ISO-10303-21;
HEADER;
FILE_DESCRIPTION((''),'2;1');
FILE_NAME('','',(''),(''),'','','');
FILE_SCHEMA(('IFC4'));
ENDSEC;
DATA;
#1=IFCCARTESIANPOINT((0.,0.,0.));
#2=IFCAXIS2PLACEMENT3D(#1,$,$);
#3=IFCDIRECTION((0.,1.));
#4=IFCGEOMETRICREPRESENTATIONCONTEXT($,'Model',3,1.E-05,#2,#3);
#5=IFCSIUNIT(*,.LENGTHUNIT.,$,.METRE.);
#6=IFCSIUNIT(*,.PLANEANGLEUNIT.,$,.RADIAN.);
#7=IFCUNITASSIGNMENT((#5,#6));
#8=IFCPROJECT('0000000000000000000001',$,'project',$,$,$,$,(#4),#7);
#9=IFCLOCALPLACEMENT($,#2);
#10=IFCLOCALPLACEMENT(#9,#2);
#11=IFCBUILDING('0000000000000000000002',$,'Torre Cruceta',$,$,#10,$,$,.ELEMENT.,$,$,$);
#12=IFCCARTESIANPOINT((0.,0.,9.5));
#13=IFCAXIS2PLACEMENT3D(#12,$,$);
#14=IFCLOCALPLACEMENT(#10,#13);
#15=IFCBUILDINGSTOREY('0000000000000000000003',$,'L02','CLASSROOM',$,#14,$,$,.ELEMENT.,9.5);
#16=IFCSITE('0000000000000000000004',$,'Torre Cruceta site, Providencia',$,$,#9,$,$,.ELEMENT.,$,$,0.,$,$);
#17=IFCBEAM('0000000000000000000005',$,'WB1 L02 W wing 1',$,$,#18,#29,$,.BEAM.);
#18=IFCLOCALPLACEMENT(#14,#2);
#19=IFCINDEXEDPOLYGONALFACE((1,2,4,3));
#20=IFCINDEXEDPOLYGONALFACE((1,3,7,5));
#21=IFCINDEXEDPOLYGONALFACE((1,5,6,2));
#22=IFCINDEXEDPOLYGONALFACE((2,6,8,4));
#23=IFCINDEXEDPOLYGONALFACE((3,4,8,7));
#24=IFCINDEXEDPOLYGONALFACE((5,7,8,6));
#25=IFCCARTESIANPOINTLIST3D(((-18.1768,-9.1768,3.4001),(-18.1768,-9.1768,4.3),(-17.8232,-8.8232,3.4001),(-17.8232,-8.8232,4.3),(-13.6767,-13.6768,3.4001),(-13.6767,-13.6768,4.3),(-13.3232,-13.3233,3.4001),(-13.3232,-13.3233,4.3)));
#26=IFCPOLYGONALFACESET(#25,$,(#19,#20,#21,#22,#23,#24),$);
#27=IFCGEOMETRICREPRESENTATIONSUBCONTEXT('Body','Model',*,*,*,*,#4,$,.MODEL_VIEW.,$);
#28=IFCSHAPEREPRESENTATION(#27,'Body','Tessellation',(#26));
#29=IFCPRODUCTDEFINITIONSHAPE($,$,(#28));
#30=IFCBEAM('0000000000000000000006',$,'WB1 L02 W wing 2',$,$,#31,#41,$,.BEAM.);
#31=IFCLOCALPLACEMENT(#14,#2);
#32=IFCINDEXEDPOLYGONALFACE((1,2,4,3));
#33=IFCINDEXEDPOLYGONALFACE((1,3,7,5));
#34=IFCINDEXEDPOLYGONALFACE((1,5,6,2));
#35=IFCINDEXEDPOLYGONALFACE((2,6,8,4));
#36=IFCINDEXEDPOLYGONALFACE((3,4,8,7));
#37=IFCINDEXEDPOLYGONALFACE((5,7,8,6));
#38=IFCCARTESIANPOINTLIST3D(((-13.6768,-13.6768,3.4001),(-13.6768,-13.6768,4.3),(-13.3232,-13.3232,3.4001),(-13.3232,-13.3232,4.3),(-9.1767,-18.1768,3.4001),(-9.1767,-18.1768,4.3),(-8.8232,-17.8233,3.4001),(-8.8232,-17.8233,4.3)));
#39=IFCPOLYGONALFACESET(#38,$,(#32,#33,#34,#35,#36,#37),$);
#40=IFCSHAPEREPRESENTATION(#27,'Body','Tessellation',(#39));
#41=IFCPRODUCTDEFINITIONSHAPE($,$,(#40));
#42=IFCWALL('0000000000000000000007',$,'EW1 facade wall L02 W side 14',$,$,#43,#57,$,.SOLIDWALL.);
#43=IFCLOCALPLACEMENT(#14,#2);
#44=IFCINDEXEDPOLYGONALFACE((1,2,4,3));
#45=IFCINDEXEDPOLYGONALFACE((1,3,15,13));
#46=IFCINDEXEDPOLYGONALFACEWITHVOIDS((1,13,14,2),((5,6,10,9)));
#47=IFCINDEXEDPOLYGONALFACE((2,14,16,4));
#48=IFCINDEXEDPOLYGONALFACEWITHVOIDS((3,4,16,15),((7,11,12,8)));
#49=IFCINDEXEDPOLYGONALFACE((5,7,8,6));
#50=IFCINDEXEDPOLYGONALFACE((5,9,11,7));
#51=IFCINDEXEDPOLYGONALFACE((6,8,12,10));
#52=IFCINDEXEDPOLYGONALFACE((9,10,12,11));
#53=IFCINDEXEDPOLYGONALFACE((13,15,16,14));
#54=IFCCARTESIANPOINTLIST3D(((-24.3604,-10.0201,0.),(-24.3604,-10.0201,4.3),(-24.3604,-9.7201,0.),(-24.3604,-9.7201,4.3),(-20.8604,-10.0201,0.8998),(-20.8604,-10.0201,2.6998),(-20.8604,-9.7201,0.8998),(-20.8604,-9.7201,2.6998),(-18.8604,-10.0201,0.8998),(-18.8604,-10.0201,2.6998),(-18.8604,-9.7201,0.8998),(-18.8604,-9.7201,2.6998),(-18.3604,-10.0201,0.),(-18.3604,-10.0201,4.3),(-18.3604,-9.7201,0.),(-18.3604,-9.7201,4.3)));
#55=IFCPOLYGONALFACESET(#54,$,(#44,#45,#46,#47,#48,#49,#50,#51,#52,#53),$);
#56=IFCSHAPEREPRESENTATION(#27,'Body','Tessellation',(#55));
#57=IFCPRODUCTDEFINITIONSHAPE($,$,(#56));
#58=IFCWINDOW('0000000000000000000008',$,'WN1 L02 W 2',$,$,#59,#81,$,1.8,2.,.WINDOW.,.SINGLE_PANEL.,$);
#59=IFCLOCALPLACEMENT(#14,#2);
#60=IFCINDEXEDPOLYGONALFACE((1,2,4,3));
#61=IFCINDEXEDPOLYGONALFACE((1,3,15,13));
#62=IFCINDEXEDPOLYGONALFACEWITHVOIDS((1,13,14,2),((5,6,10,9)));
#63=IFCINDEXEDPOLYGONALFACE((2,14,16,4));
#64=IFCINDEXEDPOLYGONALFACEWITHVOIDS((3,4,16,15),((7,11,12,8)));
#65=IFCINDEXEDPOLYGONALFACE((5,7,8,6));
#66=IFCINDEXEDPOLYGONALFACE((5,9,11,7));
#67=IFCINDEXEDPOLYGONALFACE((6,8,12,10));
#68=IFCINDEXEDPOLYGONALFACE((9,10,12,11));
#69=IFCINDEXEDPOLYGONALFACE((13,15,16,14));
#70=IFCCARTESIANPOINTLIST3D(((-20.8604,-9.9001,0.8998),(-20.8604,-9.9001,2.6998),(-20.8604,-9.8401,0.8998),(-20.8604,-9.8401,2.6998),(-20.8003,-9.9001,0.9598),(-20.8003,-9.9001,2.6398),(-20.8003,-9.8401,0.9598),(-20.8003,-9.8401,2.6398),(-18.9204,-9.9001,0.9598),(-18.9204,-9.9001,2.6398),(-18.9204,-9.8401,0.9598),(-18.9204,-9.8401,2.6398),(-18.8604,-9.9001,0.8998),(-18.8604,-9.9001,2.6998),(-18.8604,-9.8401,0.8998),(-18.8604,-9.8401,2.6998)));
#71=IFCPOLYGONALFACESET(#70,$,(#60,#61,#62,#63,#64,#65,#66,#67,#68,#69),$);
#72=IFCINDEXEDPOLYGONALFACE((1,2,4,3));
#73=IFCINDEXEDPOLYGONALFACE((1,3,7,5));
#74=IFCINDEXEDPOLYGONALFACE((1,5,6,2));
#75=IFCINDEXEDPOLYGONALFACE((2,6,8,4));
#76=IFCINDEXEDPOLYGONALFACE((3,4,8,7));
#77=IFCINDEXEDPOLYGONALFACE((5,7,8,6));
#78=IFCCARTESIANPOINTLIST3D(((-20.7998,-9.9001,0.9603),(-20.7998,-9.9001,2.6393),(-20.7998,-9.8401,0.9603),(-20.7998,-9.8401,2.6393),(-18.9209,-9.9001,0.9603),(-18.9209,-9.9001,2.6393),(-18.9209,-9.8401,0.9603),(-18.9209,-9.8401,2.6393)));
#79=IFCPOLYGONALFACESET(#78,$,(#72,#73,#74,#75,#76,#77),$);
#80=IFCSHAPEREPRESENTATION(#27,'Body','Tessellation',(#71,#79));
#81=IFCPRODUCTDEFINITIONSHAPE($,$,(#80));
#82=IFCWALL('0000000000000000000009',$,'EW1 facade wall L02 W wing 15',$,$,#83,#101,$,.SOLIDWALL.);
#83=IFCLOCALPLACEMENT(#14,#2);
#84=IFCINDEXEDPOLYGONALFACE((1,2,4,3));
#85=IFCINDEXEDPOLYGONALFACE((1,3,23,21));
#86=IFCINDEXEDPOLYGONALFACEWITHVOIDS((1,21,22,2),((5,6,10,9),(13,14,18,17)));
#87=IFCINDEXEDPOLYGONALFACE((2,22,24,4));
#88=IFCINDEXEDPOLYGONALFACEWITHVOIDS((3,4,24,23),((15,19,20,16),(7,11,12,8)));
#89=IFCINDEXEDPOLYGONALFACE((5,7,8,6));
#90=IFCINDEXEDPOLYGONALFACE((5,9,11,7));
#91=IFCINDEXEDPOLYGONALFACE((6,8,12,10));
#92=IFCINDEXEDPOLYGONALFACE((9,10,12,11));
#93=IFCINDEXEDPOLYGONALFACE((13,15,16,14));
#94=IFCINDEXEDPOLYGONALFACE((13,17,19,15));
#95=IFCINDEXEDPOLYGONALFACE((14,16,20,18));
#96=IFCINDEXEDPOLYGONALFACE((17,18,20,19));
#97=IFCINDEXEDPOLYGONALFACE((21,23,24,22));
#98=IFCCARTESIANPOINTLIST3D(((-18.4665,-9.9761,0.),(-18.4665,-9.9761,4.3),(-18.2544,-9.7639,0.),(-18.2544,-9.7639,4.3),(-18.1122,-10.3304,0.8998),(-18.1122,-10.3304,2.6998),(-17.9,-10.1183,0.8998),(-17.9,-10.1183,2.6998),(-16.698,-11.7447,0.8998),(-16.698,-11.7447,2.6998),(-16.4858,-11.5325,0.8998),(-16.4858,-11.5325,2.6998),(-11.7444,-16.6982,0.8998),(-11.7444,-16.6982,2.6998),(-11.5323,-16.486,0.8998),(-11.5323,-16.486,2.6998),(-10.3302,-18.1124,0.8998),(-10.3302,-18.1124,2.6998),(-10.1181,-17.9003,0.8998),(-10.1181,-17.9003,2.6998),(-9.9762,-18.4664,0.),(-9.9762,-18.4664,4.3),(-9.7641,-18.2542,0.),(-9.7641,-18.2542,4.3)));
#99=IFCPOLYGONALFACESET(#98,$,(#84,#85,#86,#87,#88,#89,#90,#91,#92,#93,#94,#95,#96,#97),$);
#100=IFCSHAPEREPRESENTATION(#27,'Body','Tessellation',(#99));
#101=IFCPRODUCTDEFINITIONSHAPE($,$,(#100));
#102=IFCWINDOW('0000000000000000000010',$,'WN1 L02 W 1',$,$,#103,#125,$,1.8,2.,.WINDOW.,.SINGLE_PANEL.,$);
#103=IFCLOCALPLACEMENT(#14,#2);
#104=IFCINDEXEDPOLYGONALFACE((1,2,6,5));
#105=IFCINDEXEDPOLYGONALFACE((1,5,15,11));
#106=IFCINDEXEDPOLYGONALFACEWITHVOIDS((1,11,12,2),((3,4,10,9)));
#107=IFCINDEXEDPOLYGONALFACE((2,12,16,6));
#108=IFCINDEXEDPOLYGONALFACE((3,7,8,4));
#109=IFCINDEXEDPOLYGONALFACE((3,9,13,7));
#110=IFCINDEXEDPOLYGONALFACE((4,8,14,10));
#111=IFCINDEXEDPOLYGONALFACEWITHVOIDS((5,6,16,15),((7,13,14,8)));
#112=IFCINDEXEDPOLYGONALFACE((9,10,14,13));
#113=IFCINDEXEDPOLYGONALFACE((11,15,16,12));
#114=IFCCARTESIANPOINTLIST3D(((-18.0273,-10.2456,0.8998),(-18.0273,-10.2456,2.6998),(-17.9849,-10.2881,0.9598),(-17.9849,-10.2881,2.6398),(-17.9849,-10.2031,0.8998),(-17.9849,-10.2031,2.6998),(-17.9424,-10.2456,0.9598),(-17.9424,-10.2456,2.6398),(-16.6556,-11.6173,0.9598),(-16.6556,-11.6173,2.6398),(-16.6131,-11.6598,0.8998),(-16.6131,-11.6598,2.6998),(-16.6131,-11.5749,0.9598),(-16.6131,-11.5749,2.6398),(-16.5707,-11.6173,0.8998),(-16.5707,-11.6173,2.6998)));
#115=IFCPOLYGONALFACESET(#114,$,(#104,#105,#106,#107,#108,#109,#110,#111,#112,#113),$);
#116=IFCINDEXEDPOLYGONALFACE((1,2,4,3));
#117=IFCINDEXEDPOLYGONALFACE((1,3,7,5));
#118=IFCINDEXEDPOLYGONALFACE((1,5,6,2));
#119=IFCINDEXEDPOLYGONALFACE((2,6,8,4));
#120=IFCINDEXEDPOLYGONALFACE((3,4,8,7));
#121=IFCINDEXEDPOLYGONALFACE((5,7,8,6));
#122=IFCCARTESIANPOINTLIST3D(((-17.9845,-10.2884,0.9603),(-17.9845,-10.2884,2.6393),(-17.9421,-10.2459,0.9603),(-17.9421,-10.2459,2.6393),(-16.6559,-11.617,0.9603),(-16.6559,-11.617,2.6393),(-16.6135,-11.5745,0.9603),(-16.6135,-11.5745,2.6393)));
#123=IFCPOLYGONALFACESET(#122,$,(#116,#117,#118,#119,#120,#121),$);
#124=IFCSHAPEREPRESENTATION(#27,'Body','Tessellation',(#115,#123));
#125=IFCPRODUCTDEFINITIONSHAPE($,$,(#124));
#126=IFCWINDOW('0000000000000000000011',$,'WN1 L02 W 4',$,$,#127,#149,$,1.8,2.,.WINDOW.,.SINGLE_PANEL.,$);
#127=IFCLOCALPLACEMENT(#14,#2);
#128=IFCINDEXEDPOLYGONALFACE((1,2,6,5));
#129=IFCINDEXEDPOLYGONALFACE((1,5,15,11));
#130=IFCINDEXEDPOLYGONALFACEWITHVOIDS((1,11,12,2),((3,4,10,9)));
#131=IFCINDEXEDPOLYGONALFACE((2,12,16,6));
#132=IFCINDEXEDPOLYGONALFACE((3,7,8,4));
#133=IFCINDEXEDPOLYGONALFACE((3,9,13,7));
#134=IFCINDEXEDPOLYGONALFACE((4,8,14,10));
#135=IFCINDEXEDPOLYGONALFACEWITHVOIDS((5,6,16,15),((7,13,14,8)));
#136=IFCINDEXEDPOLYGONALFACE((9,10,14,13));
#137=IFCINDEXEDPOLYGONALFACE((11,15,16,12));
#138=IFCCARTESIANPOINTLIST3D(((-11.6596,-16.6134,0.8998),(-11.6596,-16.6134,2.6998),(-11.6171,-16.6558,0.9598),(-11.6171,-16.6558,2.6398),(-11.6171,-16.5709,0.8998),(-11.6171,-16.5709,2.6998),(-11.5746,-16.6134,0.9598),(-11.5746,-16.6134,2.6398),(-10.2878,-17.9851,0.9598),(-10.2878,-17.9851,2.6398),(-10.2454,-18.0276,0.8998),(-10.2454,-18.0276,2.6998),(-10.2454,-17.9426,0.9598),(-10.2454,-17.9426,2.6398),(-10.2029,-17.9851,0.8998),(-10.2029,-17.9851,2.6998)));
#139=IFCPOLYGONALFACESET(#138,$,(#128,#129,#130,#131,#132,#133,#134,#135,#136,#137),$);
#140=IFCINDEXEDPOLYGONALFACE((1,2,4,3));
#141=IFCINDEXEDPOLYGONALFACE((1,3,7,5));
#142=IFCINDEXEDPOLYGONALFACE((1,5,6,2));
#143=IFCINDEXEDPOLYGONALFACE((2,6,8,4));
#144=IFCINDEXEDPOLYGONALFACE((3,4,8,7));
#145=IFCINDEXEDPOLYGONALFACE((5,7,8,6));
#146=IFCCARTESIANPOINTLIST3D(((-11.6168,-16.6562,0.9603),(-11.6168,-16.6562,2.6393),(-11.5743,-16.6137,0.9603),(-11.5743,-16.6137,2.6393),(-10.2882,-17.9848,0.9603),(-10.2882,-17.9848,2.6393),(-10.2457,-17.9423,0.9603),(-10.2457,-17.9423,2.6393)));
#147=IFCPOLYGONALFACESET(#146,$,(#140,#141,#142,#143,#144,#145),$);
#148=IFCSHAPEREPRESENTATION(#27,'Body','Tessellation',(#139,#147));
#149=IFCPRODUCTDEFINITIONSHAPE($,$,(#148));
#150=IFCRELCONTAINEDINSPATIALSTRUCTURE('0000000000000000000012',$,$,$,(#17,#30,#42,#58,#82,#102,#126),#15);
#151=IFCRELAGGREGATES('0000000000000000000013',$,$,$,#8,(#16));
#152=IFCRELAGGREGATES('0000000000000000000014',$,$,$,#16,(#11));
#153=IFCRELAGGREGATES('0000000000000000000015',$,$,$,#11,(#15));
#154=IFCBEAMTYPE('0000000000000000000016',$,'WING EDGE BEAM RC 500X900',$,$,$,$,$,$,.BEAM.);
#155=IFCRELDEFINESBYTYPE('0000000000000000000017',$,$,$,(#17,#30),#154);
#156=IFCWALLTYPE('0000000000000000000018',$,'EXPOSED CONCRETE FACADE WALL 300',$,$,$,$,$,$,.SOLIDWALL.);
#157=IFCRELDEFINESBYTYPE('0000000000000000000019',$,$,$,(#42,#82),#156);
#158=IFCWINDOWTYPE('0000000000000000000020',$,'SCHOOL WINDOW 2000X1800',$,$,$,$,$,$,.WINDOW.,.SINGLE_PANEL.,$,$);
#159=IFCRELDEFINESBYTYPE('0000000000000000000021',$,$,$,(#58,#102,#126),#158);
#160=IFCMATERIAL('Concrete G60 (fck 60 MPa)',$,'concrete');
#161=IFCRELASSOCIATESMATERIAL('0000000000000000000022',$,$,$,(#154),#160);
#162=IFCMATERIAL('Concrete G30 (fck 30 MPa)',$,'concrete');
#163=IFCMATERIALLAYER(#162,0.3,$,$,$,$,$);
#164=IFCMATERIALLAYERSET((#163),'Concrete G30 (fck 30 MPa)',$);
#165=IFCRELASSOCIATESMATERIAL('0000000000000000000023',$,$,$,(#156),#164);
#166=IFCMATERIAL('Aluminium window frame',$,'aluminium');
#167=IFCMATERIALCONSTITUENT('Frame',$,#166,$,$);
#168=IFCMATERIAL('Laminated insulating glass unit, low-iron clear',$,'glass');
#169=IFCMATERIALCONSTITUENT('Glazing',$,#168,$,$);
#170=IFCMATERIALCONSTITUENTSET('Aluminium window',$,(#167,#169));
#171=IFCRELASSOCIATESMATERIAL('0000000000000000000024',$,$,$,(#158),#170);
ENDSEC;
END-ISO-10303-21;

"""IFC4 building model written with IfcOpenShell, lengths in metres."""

from ifc_helpers import new_model, si_unit, direction, frame, frame_2d, origin, origin_2d, place, context, subcontext, project, spatial, rectangle, hollow_rectangle, extrude, material, layer, layer_set, constituent, constituent_set, material_profile, profile_set, type_object, element, fill, save


model = new_model("IFC4")

# Units and contexts
model_context = context("Model", 3, precision=1e-05, world=origin(), true_north=direction((0.0, 1.0)))
body_context = subcontext(model_context, "Body", "Model", "MODEL_VIEW")
ifc_project = project(units=[si_unit("LENGTHUNIT", "METRE"), si_unit("PLANEANGLEUNIT", "RADIAN")], contexts=[model_context])

# Site, building, storey
site_placement = place(None, origin())
site = spatial("IfcSite", under=ifc_project, at=site_placement, Name="Torre Cruceta site, Providencia", CompositionType="ELEMENT", RefElevation=0.0)
building_placement = place(site_placement, origin())
building = spatial("IfcBuilding", under=site, at=building_placement, Name="Torre Cruceta", CompositionType="ELEMENT")
storey_placement = place(building_placement, frame((0.0, 0.0, 9.5)))
storey = spatial("IfcBuildingStorey", under=building, at=storey_placement, Name="L02", Description="CLASSROOM", CompositionType="ELEMENT", Elevation=9.5)

# Beams
ifc_material_1 = material(Name="Concrete G60 (fck 60 MPa)", Category="concrete")
ifc_material_profile_1 = material_profile(ifc_material_1, rectangle(XDim=0.5, YDim=0.8999, at=origin_2d()), Name="RC 500X900")
ifc_profile_set_1 = profile_set([ifc_material_profile_1], Name="Concrete G60 (fck 60 MPa)")
beam_type_1 = type_object("IfcBeamType", Name="WING EDGE BEAM RC 500X900", PredefinedType="BEAM", material=ifc_profile_set_1)
for number, where, z_axis, x_axis, name in (
    (1, (-18.0, -9.0, 3.8501), (0.707107, -0.707107, 0.0), (0.707107, 0.707107, 0.0), "WB1 L02 W wing 1"),
    (2, (-13.5, -13.5, 3.8501), (0.707107, -0.707107, 0.0), (0.707107, 0.707107, 0.0), "WB1 L02 W wing 2"),
):
    element("IfcBeam", number, at=place(storey_placement, frame(where, z_axis=z_axis, x_axis=x_axis)), inside=storey, type_object=beam_type_1, Name=name, PredefinedType="BEAM", context=body_context, shape_type="SweptSolid", body=[
        extrude(rectangle(XDim=0.5, YDim=0.8999, at=origin_2d()), origin(), (0.0, 0.0, 1.0), 6.364),
    ])

# Wall, opening, window
ifc_material_2 = material(Name="Concrete G30 (fck 30 MPa)", Category="concrete")
ifc_layer_1 = layer(ifc_material_2, 0.3)
ifc_layer_set_1 = layer_set([ifc_layer_1], Name="Concrete G30 (fck 30 MPa)")
wall_type_1 = type_object("IfcWallType", Name="EXPOSED CONCRETE FACADE WALL 300", PredefinedType="SOLIDWALL", material=ifc_layer_set_1)
wall_1_placement = place(storey_placement, frame((-24.3604, -9.8701, 0.0), z_axis=(0.0, 0.0, 1.0), x_axis=(1.0, 0.0, 0.0)))
wall_1 = element("IfcWall", 3, at=wall_1_placement, inside=storey, type_object=wall_type_1, Name="EW1 facade wall L02 W side 14", PredefinedType="SOLIDWALL", context=body_context, shape_type="SweptSolid", body=[
    extrude(rectangle(XDim=6.0, YDim=0.3, at=frame_2d((3.0, 0.0))), origin(), (0.0, 0.0, 1.0), 4.3),
])
opening_1_placement = place(wall_1_placement, frame((3.5, 0.0, 0.8999)))
opening_1 = element("IfcOpeningElement", 4, at=opening_1_placement, cuts=wall_1, PredefinedType="OPENING", context=body_context, shape_type="SweptSolid", body=[
    extrude(rectangle(XDim=2.0, YDim=1.8, at=frame_2d((1.0, 0.8999))), frame((0.0, 0.1599, 0.0), z_axis=(0.0, -1.0, 0.0), x_axis=(1.0, 0.0, 0.0)), (0.0, 0.0, 1.0), 0.3201),
])
ifc_material_3 = material(Name="Aluminium window frame", Category="aluminium")
ifc_constituent_1 = constituent(ifc_material_3, Name="Frame")
ifc_material_4 = material(Name="Laminated insulating glass unit, low-iron clear", Category="glass")
ifc_constituent_2 = constituent(ifc_material_4, Name="Glazing")
ifc_constituent_set = constituent_set(constituents=[ifc_constituent_1, ifc_constituent_2], Name="Aluminium window")
window_type = type_object("IfcWindowType", Name="SCHOOL WINDOW 2000X1800", PartitioningType="SINGLE_PANEL", PredefinedType="WINDOW", material=ifc_constituent_set)
window_1_placement = place(opening_1_placement, origin())
window_1 = element("IfcWindow", 5, at=window_1_placement, inside=storey, type_object=window_type, Name="WN1 L02 W 2", OverallHeight=1.8, OverallWidth=2.0, PartitioningType="SINGLE_PANEL", PredefinedType="WINDOW", context=body_context, shape_type="SweptSolid", body=[
    extrude(hollow_rectangle(XDim=2.0, YDim=1.8, WallThickness=0.0601, at=frame_2d((1.0, 0.8999))), frame((0.0, 0.03, 0.0), z_axis=(0.0, -1.0, 0.0), x_axis=(1.0, 0.0, 0.0)), (0.0, 0.0, 1.0), 0.0601),
    extrude(rectangle(XDim=1.8789, YDim=1.679, at=frame_2d((1.0, 0.8999))), frame((0.0, 0.03, 0.0), z_axis=(0.0, -1.0, 0.0), x_axis=(1.0, 0.0, 0.0)), (0.0, 0.0, 1.0), 0.0601),
])
fill(opening_1, window_1)

# Wall, openings, windows
wall_2_placement = place(storey_placement, frame((-18.3604, -9.8701, 0.0), z_axis=(0.0, 0.0, 1.0), x_axis=(0.707107, -0.707107, 0.0)))
wall_2 = element("IfcWall", 6, at=wall_2_placement, inside=storey, type_object=wall_type_1, Name="EW1 facade wall L02 W wing 15", PredefinedType="SOLIDWALL", context=body_context, shape_type="SweptSolid", body=[
    extrude(rectangle(XDim=12.0071, YDim=0.3, at=frame_2d((6.0034, 0.0))), origin(), (0.0, 0.0, 1.0), 4.3),
])
opening_2_placement = place(wall_2_placement, frame((0.501, 0.0, 0.8999)))
opening_2 = element("IfcOpeningElement", 7, at=opening_2_placement, cuts=wall_2, PredefinedType="OPENING", context=body_context, shape_type="SweptSolid", body=[
    extrude(rectangle(XDim=2.0, YDim=1.8, at=frame_2d((1.0, 0.8999))), frame((0.0, 0.1599, 0.0), z_axis=(0.0, -1.0, 0.0), x_axis=(1.0, 0.0, 0.0)), (0.0, 0.0, 1.0), 0.3201),
])
opening_3_placement = place(wall_2_placement, frame((9.5063, 0.0, 0.8999)))
opening_3 = element("IfcOpeningElement", 8, at=opening_3_placement, cuts=wall_2, PredefinedType="OPENING", context=body_context, shape_type="SweptSolid", body=[
    extrude(rectangle(XDim=2.0, YDim=1.8, at=frame_2d((1.0, 0.8999))), frame((0.0, 0.1599, 0.0), z_axis=(0.0, -1.0, 0.0), x_axis=(1.0, 0.0, 0.0)), (0.0, 0.0, 1.0), 0.3201),
])
window_2_placement = place(opening_2_placement, origin())
window_2 = element("IfcWindow", 9, at=window_2_placement, inside=storey, type_object=window_type, Name="WN1 L02 W 1", OverallHeight=1.8, OverallWidth=2.0, PartitioningType="SINGLE_PANEL", PredefinedType="WINDOW", context=body_context, shape_type="SweptSolid", body=[
    extrude(hollow_rectangle(XDim=2.0, YDim=1.8, WallThickness=0.0601, at=frame_2d((1.0, 0.8999))), frame((0.0, 0.03, 0.0), z_axis=(0.0, -1.0, 0.0), x_axis=(1.0, 0.0, 0.0)), (0.0, 0.0, 1.0), 0.0601),
    extrude(rectangle(XDim=1.8789, YDim=1.679, at=frame_2d((1.0, 0.8999))), frame((0.0, 0.03, 0.0), z_axis=(0.0, -1.0, 0.0), x_axis=(1.0, 0.0, 0.0)), (0.0, 0.0, 1.0), 0.0601),
])
fill(opening_2, window_2)
window_3_placement = place(opening_3_placement, origin())
window_3 = element("IfcWindow", 10, at=window_3_placement, inside=storey, type_object=window_type, Name="WN1 L02 W 4", OverallHeight=1.8, OverallWidth=2.0, PartitioningType="SINGLE_PANEL", PredefinedType="WINDOW", context=body_context, shape_type="SweptSolid", body=[
    extrude(hollow_rectangle(XDim=2.0, YDim=1.8, WallThickness=0.0601, at=frame_2d((1.0, 0.8999))), frame((0.0, 0.03, 0.0), z_axis=(0.0, -1.0, 0.0), x_axis=(1.0, 0.0, 0.0)), (0.0, 0.0, 1.0), 0.0601),
    extrude(rectangle(XDim=1.8789, YDim=1.679, at=frame_2d((1.0, 0.8999))), frame((0.0, 0.03, 0.0), z_axis=(0.0, -1.0, 0.0), x_axis=(1.0, 0.0, 0.0)), (0.0, 0.0, 1.0), 0.0601),
])
fill(opening_3, window_3)

save(model, "model.ifc")
